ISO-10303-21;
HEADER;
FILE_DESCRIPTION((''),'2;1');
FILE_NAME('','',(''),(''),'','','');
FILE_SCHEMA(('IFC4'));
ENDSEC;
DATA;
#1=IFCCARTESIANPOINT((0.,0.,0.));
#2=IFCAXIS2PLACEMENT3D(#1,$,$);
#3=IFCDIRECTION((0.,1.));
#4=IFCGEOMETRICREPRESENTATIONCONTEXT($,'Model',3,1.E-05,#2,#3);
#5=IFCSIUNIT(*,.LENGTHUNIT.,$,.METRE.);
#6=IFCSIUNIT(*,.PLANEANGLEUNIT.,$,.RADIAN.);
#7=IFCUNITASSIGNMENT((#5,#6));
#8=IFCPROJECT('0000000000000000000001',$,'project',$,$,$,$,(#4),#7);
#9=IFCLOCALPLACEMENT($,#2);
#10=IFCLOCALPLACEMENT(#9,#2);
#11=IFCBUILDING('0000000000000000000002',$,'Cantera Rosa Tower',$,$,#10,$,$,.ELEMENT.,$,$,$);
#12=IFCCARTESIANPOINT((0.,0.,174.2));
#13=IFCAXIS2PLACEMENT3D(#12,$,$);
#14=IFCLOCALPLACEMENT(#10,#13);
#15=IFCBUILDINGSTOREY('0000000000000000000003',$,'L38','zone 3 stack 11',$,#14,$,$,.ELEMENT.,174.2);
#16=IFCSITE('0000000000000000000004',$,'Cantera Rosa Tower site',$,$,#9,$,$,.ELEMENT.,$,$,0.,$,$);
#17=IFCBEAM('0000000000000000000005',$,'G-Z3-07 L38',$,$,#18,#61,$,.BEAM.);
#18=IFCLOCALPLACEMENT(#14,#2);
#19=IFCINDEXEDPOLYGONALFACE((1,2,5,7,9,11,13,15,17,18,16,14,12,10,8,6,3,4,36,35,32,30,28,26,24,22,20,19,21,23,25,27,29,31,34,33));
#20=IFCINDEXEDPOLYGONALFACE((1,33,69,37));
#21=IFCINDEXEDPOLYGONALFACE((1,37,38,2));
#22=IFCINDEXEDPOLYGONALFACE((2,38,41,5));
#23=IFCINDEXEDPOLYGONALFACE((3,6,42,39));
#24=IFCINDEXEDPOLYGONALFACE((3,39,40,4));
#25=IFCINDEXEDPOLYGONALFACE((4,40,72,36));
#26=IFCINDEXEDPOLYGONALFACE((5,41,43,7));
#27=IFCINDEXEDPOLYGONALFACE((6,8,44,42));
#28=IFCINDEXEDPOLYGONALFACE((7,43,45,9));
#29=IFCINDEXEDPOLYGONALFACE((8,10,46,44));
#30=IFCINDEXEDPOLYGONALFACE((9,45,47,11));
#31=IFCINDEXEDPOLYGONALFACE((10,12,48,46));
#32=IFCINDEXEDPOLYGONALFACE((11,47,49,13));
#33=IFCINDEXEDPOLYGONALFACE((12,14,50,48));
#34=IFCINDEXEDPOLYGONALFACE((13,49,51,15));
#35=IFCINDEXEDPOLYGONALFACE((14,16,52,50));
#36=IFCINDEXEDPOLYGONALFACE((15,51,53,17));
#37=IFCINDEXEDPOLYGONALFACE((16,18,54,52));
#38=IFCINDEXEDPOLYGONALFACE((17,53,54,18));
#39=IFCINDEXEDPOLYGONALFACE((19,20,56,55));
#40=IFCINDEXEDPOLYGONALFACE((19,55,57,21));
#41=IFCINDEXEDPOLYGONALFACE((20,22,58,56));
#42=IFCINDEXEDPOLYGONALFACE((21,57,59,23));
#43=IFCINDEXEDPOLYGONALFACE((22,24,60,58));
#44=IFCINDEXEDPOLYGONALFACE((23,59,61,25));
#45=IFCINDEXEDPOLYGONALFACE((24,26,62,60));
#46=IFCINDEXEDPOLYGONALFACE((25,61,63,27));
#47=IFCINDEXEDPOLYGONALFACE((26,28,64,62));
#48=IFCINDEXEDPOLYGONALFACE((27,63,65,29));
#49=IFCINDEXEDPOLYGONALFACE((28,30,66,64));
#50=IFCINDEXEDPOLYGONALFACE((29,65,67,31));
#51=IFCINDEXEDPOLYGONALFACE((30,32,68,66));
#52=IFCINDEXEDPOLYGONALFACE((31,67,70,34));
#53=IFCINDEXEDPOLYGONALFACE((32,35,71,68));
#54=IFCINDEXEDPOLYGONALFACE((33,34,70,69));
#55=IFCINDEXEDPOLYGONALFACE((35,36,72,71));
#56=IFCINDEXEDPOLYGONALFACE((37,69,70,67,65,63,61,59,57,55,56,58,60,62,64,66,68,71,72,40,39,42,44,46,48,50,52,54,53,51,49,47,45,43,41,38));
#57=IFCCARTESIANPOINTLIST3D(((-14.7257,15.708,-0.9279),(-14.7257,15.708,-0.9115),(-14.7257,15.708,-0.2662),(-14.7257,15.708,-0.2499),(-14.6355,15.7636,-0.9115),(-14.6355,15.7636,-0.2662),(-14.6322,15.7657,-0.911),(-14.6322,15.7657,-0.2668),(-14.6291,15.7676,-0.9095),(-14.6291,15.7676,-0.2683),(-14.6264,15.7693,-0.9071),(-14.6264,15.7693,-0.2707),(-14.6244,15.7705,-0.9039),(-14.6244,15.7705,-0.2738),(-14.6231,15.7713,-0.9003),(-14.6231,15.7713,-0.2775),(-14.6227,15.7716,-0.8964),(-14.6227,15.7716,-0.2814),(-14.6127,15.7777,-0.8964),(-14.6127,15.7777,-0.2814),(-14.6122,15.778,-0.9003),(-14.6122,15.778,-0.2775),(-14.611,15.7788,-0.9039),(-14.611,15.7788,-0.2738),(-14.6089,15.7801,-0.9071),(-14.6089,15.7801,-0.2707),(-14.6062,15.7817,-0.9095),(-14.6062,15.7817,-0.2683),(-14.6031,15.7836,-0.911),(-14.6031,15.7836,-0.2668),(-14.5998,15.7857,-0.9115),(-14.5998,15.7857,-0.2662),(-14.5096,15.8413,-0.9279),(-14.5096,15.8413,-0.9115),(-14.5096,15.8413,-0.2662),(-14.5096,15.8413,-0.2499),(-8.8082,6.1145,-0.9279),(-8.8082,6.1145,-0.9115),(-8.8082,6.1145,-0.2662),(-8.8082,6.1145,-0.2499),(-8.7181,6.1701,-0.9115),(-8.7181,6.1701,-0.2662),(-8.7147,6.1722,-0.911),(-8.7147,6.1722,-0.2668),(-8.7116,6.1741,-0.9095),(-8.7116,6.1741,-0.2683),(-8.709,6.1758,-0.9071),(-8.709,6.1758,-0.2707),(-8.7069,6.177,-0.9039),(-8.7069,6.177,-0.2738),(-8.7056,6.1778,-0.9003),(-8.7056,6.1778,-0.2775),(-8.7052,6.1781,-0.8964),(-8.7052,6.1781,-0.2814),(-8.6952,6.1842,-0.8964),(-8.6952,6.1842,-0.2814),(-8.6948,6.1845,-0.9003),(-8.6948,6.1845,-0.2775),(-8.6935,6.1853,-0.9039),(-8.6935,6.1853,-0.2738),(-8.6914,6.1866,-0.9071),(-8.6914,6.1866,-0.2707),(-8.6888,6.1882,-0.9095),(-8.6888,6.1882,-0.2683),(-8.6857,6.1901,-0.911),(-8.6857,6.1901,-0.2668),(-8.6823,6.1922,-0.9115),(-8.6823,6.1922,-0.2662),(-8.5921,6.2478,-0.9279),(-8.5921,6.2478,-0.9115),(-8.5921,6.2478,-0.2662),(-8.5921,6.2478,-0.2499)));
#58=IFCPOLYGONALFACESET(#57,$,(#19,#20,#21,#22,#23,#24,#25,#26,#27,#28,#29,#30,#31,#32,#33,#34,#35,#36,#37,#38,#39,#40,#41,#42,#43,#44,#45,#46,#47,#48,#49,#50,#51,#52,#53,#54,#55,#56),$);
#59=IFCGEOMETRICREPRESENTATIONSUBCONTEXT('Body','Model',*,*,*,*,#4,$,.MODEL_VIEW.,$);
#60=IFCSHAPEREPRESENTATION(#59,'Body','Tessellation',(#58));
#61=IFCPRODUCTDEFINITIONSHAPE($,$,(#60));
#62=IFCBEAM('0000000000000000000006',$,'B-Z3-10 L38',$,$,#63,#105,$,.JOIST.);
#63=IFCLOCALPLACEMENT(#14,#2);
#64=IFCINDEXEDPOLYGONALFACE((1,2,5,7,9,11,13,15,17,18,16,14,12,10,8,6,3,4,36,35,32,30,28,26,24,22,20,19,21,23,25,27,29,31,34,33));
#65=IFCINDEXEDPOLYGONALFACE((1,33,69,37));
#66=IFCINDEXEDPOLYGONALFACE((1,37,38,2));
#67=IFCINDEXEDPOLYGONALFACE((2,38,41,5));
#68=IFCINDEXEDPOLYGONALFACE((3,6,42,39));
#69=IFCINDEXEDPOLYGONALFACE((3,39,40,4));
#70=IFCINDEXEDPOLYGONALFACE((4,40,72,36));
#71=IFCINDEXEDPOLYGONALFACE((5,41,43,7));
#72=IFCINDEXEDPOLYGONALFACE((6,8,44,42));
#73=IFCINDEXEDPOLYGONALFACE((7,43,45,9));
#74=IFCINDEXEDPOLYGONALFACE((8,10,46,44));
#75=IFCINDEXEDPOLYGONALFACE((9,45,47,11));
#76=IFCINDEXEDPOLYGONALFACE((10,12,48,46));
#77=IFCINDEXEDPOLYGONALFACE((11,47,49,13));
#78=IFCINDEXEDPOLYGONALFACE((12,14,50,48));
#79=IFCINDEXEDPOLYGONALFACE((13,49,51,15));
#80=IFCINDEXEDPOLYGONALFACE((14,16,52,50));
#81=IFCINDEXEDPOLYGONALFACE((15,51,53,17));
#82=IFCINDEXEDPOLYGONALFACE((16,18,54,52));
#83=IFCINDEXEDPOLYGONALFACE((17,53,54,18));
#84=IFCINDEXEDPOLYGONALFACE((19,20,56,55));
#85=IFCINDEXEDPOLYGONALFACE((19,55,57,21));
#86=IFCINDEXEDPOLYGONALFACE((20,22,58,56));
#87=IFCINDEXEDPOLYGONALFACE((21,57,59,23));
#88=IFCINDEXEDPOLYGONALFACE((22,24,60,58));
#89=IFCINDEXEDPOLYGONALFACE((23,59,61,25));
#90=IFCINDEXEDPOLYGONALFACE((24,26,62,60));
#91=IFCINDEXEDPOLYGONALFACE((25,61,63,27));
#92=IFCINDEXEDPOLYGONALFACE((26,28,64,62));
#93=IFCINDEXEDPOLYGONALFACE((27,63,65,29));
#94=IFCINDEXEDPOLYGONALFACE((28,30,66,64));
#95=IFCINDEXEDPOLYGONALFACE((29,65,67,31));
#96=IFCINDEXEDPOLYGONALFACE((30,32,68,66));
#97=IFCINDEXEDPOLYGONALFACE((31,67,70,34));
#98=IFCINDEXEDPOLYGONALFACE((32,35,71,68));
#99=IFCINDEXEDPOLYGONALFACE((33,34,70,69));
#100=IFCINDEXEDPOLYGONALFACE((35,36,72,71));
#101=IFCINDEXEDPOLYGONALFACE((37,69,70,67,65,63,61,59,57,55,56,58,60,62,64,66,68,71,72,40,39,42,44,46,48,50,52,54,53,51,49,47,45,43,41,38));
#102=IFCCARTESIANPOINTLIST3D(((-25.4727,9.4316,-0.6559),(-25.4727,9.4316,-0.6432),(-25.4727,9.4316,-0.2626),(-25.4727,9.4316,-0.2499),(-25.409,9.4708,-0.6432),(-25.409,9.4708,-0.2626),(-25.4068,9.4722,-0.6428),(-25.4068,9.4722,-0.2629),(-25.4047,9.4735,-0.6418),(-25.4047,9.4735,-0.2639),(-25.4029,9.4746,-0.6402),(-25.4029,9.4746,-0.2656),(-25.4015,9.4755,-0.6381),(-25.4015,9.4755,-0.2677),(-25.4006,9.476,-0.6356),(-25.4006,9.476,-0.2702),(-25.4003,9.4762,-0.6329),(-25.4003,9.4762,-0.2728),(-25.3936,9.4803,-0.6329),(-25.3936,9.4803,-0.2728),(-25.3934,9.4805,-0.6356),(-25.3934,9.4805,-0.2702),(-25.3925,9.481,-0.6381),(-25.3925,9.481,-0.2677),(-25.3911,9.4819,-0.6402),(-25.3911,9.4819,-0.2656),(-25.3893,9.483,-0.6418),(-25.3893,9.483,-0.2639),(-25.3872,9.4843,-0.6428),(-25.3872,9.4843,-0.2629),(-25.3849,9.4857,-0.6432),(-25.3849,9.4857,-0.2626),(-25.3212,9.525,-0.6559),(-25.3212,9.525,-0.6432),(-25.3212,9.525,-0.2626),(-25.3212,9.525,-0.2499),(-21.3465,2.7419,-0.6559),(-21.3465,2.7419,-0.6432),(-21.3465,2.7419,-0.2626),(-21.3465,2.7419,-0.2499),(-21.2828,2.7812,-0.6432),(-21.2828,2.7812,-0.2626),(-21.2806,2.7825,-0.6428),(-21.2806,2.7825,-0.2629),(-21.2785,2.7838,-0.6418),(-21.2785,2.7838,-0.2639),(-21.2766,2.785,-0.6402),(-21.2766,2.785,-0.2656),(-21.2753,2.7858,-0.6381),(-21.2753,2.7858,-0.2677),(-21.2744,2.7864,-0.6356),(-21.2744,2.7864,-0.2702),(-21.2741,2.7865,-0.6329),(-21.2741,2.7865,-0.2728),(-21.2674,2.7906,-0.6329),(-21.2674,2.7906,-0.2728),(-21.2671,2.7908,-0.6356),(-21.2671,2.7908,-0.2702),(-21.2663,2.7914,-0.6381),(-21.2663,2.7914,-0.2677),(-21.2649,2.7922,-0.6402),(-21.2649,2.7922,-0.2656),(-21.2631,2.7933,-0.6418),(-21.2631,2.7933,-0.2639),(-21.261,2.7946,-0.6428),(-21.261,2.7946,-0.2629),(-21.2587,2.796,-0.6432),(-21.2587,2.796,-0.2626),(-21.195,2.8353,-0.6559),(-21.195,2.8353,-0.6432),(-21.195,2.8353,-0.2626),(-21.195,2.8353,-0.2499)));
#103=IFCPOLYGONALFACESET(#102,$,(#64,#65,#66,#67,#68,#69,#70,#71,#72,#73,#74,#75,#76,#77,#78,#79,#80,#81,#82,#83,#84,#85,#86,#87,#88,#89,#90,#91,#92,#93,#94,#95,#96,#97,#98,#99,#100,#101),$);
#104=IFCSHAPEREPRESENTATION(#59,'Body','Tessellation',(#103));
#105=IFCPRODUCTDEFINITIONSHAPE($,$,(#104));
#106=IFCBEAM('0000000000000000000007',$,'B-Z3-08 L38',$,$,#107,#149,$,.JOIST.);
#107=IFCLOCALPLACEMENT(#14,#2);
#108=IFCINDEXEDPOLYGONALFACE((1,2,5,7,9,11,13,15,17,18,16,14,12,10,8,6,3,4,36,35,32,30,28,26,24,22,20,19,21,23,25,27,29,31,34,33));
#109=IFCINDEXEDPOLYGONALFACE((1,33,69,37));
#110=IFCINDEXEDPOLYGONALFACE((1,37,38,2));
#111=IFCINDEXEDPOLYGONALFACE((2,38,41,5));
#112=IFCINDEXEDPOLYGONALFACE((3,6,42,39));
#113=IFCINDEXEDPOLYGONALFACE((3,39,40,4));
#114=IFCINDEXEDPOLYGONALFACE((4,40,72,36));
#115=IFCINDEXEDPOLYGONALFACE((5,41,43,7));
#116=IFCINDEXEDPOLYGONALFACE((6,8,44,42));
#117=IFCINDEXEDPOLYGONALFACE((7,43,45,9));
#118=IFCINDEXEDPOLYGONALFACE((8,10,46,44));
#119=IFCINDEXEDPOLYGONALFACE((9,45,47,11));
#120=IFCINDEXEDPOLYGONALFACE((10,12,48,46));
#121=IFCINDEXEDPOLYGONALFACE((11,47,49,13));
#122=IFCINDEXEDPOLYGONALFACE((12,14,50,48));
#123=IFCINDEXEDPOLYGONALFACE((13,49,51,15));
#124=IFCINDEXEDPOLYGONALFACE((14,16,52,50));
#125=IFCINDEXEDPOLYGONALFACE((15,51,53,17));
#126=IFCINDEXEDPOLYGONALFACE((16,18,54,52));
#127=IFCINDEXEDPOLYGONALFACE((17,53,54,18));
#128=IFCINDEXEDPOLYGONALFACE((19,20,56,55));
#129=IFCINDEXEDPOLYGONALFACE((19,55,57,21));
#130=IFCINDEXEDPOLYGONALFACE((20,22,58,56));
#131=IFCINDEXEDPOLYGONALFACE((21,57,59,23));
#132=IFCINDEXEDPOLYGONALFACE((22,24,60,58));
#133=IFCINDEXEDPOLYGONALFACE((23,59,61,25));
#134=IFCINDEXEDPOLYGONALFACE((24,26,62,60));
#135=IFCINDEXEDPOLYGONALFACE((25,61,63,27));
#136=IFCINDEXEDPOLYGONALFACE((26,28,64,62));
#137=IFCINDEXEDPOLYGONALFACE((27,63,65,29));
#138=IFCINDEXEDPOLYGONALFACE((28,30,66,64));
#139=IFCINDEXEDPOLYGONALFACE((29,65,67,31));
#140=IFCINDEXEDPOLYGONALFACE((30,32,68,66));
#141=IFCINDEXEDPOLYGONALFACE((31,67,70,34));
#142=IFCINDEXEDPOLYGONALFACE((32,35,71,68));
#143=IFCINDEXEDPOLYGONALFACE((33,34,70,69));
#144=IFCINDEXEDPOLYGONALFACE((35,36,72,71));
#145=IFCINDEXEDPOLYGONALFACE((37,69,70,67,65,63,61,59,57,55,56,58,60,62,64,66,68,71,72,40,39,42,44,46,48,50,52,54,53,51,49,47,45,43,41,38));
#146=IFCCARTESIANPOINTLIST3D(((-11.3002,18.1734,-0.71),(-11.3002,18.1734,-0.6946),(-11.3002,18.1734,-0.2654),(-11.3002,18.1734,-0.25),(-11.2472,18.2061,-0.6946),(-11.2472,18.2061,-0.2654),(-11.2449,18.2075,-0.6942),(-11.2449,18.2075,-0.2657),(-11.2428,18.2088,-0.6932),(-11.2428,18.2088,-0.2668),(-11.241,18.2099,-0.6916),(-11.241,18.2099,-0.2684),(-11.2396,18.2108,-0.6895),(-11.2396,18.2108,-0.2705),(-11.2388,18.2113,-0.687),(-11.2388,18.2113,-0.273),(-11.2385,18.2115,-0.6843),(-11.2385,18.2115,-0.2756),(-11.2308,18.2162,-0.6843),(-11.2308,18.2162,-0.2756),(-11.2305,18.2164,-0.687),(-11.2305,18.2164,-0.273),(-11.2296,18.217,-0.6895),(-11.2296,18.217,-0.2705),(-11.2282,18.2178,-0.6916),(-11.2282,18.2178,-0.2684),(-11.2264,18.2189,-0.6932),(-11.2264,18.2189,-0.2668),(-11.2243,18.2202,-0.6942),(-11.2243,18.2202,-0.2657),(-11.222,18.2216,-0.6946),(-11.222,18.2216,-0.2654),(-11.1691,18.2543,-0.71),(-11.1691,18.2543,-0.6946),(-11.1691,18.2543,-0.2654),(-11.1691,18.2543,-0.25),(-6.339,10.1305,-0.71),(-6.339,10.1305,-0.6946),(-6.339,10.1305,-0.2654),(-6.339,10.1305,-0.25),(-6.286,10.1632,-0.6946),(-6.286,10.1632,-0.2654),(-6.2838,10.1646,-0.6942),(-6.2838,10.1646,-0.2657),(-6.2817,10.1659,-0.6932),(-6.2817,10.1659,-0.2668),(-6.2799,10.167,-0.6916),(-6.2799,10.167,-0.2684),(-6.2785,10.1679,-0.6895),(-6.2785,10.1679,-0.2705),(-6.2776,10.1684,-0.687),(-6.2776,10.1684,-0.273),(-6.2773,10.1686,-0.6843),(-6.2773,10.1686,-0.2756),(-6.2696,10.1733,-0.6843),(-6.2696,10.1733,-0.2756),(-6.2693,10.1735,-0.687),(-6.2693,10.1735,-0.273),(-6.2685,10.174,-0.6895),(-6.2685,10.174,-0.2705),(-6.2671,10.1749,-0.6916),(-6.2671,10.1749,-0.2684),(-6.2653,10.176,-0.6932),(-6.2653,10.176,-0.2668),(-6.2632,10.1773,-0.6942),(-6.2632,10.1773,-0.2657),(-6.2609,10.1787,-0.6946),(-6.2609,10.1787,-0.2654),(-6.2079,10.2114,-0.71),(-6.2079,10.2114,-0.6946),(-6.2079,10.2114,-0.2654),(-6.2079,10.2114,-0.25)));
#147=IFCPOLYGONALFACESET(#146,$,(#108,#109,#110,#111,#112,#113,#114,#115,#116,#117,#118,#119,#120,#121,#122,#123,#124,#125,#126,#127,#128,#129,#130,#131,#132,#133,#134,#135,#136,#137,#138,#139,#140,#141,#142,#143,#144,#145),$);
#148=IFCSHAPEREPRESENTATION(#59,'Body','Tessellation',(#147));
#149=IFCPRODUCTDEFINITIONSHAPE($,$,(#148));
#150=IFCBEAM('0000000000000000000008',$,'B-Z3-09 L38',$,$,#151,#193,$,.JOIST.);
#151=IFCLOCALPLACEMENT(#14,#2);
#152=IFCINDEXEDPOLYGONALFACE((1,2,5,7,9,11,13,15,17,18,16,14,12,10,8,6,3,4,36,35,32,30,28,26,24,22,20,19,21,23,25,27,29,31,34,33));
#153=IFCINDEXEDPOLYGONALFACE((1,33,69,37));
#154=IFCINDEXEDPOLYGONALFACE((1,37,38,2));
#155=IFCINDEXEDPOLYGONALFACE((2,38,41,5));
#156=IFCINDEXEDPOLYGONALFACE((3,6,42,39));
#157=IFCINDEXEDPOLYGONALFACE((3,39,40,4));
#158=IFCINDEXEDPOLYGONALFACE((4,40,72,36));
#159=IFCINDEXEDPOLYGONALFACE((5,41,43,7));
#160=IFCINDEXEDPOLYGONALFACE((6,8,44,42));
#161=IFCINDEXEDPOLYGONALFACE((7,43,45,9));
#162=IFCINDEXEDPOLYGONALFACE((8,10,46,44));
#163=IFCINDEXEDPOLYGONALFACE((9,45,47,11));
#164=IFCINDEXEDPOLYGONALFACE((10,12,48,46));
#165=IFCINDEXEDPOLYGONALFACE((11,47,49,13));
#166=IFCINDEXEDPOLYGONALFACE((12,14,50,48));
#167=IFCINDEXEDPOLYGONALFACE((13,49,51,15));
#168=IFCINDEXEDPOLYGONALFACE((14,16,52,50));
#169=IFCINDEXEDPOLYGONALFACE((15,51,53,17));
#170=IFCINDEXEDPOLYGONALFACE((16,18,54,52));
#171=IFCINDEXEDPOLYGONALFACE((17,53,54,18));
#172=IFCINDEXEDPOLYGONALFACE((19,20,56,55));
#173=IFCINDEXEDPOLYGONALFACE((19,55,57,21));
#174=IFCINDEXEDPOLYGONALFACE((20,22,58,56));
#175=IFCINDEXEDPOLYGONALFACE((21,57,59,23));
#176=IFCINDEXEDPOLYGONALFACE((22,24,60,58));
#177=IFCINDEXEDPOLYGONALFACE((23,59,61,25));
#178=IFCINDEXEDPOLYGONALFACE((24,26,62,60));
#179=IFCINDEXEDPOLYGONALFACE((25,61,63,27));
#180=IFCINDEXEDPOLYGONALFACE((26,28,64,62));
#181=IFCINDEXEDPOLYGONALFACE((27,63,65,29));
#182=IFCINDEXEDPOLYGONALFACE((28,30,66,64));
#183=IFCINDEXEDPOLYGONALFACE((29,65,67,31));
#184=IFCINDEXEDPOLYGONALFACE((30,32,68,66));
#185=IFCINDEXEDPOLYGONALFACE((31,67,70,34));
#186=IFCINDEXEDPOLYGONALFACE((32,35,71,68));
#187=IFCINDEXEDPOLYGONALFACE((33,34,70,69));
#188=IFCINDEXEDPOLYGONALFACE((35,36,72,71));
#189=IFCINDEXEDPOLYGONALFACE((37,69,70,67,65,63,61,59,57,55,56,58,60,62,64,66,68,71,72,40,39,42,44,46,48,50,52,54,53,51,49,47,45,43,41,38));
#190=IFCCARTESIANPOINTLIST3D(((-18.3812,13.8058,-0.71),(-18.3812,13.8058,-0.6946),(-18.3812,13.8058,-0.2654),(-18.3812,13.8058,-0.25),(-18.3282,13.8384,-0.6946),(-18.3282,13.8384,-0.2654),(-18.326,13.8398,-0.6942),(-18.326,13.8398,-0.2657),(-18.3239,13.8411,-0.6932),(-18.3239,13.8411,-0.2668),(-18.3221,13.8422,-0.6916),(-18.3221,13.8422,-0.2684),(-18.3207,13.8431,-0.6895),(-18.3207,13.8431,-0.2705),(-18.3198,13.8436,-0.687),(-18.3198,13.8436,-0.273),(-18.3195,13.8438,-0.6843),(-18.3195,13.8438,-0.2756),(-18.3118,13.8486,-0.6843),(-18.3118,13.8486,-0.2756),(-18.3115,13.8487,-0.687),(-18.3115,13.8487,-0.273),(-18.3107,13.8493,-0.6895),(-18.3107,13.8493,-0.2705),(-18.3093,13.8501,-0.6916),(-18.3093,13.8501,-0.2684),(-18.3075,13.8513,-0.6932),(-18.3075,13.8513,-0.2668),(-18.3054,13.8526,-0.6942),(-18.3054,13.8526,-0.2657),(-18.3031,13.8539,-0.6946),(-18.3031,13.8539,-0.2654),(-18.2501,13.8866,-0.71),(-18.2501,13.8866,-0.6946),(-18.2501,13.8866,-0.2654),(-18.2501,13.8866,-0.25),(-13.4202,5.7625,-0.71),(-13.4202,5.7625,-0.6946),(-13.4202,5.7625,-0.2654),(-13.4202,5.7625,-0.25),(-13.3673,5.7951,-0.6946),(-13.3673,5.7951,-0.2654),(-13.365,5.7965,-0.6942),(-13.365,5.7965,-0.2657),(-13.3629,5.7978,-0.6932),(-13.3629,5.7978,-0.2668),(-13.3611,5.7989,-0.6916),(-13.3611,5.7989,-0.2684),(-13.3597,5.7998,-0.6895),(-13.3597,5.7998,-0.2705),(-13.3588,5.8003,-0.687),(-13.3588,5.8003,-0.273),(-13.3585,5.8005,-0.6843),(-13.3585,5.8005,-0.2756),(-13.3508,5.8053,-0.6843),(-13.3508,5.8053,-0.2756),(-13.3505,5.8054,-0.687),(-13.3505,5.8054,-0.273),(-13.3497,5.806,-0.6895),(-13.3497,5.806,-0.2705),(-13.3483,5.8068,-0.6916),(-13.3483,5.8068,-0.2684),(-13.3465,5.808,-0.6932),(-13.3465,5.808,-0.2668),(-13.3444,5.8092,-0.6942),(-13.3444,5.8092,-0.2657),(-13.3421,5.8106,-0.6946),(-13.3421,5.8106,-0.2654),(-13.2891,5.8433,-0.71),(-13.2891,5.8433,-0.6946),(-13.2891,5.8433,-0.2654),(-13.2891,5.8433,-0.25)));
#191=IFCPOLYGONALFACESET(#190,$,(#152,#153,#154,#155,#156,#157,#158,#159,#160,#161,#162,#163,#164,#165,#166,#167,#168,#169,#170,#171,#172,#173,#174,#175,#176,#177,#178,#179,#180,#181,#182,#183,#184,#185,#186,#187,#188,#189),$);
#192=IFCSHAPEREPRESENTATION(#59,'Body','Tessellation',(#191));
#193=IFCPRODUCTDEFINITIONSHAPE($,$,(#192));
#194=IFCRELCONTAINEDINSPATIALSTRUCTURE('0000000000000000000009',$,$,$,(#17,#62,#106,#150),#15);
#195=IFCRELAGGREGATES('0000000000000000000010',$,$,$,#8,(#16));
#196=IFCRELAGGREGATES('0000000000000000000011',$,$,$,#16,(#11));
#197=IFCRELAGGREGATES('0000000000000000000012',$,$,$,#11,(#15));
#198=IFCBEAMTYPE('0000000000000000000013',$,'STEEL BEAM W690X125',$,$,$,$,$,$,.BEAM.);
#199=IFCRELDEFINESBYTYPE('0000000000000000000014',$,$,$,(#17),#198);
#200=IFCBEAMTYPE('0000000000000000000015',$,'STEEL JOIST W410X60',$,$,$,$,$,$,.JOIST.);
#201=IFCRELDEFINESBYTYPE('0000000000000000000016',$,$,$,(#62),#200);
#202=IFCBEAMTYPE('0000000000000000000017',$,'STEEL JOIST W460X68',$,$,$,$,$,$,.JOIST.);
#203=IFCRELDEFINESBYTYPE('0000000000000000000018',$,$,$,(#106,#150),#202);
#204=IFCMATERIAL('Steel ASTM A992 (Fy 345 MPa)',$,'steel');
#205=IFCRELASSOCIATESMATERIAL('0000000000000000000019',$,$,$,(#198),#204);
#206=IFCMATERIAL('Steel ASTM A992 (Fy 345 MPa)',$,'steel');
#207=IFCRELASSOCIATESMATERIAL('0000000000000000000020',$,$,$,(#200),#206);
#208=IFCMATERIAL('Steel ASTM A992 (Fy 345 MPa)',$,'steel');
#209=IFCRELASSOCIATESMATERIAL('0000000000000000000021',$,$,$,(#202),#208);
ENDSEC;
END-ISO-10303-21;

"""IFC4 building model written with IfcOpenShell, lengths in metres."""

from ifc_helpers import new_model, si_unit, direction, frame, origin, origin_2d, place, context, subcontext, project, spatial, i_section, extrude, material, material_profile, profile_set, type_object, element, save


model = new_model("IFC4")

# Units and contexts
model_context = context("Model", 3, precision=1e-05, world=origin(), true_north=direction((0.0, 1.0)))
body_context = subcontext(model_context, "Body", "Model", "MODEL_VIEW")
ifc_project = project(units=[si_unit("LENGTHUNIT", "METRE"), si_unit("PLANEANGLEUNIT", "RADIAN")], contexts=[model_context])

# Site, building, storey
site_placement = place(None, origin())
site = spatial("IfcSite", under=ifc_project, at=site_placement, Name="Cantera Rosa Tower site", CompositionType="ELEMENT", RefElevation=0.0)
building_placement = place(site_placement, origin())
building = spatial("IfcBuilding", under=site, at=building_placement, Name="Cantera Rosa Tower", CompositionType="ELEMENT")
storey_placement = place(building_placement, frame((0.0, 0.0, 174.2)))
storey = spatial("IfcBuildingStorey", under=building, at=storey_placement, Name="L38", Description="zone 3 stack 11", CompositionType="ELEMENT", Elevation=174.2)

# Beams
ifc_material_1 = material(Name="Steel ASTM A992 (Fy 345 MPa)", Category="steel")
ifc_material_profile_1 = material_profile(ifc_material_1, i_section(OverallWidth=0.2539, OverallDepth=0.678, WebThickness=0.0117, FlangeThickness=0.0164, FilletRadius=0.0151, at=origin_2d()), Name="W690X125")
ifc_profile_set_1 = profile_set([ifc_material_profile_1], Name="Steel ASTM A992 (Fy 345 MPa)")
beam_type_1 = type_object("IfcBeamType", Name="STEEL BEAM W690X125", PredefinedType="BEAM", material=ifc_profile_set_1)
beam_1_placement = place(storey_placement, frame((-14.6177, 15.7747, -0.5889), z_axis=(0.524984, -0.851112, 0.0), x_axis=(0.851112, 0.524984, 0.0)))
element("IfcBeam", 1, at=beam_1_placement, inside=storey, type_object=beam_type_1, Name="G-Z3-07 L38", PredefinedType="BEAM", context=body_context, shape_type="SweptSolid", body=[
    extrude(i_section(OverallWidth=0.2539, OverallDepth=0.678, WebThickness=0.0117, FlangeThickness=0.0164, FilletRadius=0.0151, at=origin_2d()), origin(), (0.0, 0.0, 1.0), 11.2717),
])
ifc_material_2 = material(Name="Steel ASTM A992 (Fy 345 MPa)", Category="steel")
ifc_material_profile_2 = material_profile(ifc_material_2, i_section(OverallWidth=0.178, OverallDepth=0.406, WebThickness=0.0078, FlangeThickness=0.0127, FilletRadius=0.0103, at=origin_2d()), Name="W410X60")
ifc_profile_set_2 = profile_set([ifc_material_profile_2], Name="Steel ASTM A992 (Fy 345 MPa)")
beam_type_2 = type_object("IfcBeamType", Name="STEEL JOIST W410X60", PredefinedType="JOIST", material=ifc_profile_set_2)
beam_2_placement = place(storey_placement, frame((-25.397, 9.4783, -0.4529), z_axis=(0.524972, -0.851119, 0.0), x_axis=(0.851119, 0.524972, 0.0)))
element("IfcBeam", 2, at=beam_2_placement, inside=storey, type_object=beam_type_2, Name="B-Z3-10 L38", PredefinedType="JOIST", context=body_context, shape_type="SweptSolid", body=[
    extrude(i_section(OverallWidth=0.178, OverallDepth=0.406, WebThickness=0.0078, FlangeThickness=0.0127, FilletRadius=0.0103, at=origin_2d()), origin(), (0.0, 0.0, 1.0), 7.8599),
])
ifc_material_3 = material(Name="Steel ASTM A992 (Fy 345 MPa)", Category="steel")
ifc_material_profile_3 = material_profile(ifc_material_3, i_section(OverallWidth=0.1541, OverallDepth=0.46, WebThickness=0.009, FlangeThickness=0.0154, FilletRadius=0.0103, at=origin_2d()), Name="W460X68")
ifc_profile_set_3 = profile_set([ifc_material_profile_3], Name="Steel ASTM A992 (Fy 345 MPa)")
beam_type_3 = type_object("IfcBeamType", Name="STEEL JOIST W460X68", PredefinedType="JOIST", material=ifc_profile_set_3)
beam_3_placement = place(storey_placement, frame((-11.2346, 18.2139, -0.48), z_axis=(0.524992, -0.851107, 0.0), x_axis=(0.851107, 0.524992, 0.0)))
element("IfcBeam", 3, at=beam_3_placement, inside=storey, type_object=beam_type_3, Name="B-Z3-08 L38", PredefinedType="JOIST", context=body_context, shape_type="SweptSolid", body=[
    extrude(i_section(OverallWidth=0.1541, OverallDepth=0.46, WebThickness=0.009, FlangeThickness=0.0154, FilletRadius=0.0103, at=origin_2d()), origin(), (0.0, 0.0, 1.0), 9.45),
])
beam_4_placement = place(storey_placement, frame((-18.3157, 13.8462, -0.48), z_axis=(0.524962, -0.851126, 0.0), x_axis=(0.851126, 0.524962, 0.0)))
element("IfcBeam", 4, at=beam_4_placement, inside=storey, type_object=beam_type_3, Name="B-Z3-09 L38", PredefinedType="JOIST", context=body_context, shape_type="SweptSolid", body=[
    extrude(i_section(OverallWidth=0.1541, OverallDepth=0.46, WebThickness=0.009, FlangeThickness=0.0154, FilletRadius=0.0103, at=origin_2d()), origin(), (0.0, 0.0, 1.0), 9.4502),
])

save(model, "model.ifc")
